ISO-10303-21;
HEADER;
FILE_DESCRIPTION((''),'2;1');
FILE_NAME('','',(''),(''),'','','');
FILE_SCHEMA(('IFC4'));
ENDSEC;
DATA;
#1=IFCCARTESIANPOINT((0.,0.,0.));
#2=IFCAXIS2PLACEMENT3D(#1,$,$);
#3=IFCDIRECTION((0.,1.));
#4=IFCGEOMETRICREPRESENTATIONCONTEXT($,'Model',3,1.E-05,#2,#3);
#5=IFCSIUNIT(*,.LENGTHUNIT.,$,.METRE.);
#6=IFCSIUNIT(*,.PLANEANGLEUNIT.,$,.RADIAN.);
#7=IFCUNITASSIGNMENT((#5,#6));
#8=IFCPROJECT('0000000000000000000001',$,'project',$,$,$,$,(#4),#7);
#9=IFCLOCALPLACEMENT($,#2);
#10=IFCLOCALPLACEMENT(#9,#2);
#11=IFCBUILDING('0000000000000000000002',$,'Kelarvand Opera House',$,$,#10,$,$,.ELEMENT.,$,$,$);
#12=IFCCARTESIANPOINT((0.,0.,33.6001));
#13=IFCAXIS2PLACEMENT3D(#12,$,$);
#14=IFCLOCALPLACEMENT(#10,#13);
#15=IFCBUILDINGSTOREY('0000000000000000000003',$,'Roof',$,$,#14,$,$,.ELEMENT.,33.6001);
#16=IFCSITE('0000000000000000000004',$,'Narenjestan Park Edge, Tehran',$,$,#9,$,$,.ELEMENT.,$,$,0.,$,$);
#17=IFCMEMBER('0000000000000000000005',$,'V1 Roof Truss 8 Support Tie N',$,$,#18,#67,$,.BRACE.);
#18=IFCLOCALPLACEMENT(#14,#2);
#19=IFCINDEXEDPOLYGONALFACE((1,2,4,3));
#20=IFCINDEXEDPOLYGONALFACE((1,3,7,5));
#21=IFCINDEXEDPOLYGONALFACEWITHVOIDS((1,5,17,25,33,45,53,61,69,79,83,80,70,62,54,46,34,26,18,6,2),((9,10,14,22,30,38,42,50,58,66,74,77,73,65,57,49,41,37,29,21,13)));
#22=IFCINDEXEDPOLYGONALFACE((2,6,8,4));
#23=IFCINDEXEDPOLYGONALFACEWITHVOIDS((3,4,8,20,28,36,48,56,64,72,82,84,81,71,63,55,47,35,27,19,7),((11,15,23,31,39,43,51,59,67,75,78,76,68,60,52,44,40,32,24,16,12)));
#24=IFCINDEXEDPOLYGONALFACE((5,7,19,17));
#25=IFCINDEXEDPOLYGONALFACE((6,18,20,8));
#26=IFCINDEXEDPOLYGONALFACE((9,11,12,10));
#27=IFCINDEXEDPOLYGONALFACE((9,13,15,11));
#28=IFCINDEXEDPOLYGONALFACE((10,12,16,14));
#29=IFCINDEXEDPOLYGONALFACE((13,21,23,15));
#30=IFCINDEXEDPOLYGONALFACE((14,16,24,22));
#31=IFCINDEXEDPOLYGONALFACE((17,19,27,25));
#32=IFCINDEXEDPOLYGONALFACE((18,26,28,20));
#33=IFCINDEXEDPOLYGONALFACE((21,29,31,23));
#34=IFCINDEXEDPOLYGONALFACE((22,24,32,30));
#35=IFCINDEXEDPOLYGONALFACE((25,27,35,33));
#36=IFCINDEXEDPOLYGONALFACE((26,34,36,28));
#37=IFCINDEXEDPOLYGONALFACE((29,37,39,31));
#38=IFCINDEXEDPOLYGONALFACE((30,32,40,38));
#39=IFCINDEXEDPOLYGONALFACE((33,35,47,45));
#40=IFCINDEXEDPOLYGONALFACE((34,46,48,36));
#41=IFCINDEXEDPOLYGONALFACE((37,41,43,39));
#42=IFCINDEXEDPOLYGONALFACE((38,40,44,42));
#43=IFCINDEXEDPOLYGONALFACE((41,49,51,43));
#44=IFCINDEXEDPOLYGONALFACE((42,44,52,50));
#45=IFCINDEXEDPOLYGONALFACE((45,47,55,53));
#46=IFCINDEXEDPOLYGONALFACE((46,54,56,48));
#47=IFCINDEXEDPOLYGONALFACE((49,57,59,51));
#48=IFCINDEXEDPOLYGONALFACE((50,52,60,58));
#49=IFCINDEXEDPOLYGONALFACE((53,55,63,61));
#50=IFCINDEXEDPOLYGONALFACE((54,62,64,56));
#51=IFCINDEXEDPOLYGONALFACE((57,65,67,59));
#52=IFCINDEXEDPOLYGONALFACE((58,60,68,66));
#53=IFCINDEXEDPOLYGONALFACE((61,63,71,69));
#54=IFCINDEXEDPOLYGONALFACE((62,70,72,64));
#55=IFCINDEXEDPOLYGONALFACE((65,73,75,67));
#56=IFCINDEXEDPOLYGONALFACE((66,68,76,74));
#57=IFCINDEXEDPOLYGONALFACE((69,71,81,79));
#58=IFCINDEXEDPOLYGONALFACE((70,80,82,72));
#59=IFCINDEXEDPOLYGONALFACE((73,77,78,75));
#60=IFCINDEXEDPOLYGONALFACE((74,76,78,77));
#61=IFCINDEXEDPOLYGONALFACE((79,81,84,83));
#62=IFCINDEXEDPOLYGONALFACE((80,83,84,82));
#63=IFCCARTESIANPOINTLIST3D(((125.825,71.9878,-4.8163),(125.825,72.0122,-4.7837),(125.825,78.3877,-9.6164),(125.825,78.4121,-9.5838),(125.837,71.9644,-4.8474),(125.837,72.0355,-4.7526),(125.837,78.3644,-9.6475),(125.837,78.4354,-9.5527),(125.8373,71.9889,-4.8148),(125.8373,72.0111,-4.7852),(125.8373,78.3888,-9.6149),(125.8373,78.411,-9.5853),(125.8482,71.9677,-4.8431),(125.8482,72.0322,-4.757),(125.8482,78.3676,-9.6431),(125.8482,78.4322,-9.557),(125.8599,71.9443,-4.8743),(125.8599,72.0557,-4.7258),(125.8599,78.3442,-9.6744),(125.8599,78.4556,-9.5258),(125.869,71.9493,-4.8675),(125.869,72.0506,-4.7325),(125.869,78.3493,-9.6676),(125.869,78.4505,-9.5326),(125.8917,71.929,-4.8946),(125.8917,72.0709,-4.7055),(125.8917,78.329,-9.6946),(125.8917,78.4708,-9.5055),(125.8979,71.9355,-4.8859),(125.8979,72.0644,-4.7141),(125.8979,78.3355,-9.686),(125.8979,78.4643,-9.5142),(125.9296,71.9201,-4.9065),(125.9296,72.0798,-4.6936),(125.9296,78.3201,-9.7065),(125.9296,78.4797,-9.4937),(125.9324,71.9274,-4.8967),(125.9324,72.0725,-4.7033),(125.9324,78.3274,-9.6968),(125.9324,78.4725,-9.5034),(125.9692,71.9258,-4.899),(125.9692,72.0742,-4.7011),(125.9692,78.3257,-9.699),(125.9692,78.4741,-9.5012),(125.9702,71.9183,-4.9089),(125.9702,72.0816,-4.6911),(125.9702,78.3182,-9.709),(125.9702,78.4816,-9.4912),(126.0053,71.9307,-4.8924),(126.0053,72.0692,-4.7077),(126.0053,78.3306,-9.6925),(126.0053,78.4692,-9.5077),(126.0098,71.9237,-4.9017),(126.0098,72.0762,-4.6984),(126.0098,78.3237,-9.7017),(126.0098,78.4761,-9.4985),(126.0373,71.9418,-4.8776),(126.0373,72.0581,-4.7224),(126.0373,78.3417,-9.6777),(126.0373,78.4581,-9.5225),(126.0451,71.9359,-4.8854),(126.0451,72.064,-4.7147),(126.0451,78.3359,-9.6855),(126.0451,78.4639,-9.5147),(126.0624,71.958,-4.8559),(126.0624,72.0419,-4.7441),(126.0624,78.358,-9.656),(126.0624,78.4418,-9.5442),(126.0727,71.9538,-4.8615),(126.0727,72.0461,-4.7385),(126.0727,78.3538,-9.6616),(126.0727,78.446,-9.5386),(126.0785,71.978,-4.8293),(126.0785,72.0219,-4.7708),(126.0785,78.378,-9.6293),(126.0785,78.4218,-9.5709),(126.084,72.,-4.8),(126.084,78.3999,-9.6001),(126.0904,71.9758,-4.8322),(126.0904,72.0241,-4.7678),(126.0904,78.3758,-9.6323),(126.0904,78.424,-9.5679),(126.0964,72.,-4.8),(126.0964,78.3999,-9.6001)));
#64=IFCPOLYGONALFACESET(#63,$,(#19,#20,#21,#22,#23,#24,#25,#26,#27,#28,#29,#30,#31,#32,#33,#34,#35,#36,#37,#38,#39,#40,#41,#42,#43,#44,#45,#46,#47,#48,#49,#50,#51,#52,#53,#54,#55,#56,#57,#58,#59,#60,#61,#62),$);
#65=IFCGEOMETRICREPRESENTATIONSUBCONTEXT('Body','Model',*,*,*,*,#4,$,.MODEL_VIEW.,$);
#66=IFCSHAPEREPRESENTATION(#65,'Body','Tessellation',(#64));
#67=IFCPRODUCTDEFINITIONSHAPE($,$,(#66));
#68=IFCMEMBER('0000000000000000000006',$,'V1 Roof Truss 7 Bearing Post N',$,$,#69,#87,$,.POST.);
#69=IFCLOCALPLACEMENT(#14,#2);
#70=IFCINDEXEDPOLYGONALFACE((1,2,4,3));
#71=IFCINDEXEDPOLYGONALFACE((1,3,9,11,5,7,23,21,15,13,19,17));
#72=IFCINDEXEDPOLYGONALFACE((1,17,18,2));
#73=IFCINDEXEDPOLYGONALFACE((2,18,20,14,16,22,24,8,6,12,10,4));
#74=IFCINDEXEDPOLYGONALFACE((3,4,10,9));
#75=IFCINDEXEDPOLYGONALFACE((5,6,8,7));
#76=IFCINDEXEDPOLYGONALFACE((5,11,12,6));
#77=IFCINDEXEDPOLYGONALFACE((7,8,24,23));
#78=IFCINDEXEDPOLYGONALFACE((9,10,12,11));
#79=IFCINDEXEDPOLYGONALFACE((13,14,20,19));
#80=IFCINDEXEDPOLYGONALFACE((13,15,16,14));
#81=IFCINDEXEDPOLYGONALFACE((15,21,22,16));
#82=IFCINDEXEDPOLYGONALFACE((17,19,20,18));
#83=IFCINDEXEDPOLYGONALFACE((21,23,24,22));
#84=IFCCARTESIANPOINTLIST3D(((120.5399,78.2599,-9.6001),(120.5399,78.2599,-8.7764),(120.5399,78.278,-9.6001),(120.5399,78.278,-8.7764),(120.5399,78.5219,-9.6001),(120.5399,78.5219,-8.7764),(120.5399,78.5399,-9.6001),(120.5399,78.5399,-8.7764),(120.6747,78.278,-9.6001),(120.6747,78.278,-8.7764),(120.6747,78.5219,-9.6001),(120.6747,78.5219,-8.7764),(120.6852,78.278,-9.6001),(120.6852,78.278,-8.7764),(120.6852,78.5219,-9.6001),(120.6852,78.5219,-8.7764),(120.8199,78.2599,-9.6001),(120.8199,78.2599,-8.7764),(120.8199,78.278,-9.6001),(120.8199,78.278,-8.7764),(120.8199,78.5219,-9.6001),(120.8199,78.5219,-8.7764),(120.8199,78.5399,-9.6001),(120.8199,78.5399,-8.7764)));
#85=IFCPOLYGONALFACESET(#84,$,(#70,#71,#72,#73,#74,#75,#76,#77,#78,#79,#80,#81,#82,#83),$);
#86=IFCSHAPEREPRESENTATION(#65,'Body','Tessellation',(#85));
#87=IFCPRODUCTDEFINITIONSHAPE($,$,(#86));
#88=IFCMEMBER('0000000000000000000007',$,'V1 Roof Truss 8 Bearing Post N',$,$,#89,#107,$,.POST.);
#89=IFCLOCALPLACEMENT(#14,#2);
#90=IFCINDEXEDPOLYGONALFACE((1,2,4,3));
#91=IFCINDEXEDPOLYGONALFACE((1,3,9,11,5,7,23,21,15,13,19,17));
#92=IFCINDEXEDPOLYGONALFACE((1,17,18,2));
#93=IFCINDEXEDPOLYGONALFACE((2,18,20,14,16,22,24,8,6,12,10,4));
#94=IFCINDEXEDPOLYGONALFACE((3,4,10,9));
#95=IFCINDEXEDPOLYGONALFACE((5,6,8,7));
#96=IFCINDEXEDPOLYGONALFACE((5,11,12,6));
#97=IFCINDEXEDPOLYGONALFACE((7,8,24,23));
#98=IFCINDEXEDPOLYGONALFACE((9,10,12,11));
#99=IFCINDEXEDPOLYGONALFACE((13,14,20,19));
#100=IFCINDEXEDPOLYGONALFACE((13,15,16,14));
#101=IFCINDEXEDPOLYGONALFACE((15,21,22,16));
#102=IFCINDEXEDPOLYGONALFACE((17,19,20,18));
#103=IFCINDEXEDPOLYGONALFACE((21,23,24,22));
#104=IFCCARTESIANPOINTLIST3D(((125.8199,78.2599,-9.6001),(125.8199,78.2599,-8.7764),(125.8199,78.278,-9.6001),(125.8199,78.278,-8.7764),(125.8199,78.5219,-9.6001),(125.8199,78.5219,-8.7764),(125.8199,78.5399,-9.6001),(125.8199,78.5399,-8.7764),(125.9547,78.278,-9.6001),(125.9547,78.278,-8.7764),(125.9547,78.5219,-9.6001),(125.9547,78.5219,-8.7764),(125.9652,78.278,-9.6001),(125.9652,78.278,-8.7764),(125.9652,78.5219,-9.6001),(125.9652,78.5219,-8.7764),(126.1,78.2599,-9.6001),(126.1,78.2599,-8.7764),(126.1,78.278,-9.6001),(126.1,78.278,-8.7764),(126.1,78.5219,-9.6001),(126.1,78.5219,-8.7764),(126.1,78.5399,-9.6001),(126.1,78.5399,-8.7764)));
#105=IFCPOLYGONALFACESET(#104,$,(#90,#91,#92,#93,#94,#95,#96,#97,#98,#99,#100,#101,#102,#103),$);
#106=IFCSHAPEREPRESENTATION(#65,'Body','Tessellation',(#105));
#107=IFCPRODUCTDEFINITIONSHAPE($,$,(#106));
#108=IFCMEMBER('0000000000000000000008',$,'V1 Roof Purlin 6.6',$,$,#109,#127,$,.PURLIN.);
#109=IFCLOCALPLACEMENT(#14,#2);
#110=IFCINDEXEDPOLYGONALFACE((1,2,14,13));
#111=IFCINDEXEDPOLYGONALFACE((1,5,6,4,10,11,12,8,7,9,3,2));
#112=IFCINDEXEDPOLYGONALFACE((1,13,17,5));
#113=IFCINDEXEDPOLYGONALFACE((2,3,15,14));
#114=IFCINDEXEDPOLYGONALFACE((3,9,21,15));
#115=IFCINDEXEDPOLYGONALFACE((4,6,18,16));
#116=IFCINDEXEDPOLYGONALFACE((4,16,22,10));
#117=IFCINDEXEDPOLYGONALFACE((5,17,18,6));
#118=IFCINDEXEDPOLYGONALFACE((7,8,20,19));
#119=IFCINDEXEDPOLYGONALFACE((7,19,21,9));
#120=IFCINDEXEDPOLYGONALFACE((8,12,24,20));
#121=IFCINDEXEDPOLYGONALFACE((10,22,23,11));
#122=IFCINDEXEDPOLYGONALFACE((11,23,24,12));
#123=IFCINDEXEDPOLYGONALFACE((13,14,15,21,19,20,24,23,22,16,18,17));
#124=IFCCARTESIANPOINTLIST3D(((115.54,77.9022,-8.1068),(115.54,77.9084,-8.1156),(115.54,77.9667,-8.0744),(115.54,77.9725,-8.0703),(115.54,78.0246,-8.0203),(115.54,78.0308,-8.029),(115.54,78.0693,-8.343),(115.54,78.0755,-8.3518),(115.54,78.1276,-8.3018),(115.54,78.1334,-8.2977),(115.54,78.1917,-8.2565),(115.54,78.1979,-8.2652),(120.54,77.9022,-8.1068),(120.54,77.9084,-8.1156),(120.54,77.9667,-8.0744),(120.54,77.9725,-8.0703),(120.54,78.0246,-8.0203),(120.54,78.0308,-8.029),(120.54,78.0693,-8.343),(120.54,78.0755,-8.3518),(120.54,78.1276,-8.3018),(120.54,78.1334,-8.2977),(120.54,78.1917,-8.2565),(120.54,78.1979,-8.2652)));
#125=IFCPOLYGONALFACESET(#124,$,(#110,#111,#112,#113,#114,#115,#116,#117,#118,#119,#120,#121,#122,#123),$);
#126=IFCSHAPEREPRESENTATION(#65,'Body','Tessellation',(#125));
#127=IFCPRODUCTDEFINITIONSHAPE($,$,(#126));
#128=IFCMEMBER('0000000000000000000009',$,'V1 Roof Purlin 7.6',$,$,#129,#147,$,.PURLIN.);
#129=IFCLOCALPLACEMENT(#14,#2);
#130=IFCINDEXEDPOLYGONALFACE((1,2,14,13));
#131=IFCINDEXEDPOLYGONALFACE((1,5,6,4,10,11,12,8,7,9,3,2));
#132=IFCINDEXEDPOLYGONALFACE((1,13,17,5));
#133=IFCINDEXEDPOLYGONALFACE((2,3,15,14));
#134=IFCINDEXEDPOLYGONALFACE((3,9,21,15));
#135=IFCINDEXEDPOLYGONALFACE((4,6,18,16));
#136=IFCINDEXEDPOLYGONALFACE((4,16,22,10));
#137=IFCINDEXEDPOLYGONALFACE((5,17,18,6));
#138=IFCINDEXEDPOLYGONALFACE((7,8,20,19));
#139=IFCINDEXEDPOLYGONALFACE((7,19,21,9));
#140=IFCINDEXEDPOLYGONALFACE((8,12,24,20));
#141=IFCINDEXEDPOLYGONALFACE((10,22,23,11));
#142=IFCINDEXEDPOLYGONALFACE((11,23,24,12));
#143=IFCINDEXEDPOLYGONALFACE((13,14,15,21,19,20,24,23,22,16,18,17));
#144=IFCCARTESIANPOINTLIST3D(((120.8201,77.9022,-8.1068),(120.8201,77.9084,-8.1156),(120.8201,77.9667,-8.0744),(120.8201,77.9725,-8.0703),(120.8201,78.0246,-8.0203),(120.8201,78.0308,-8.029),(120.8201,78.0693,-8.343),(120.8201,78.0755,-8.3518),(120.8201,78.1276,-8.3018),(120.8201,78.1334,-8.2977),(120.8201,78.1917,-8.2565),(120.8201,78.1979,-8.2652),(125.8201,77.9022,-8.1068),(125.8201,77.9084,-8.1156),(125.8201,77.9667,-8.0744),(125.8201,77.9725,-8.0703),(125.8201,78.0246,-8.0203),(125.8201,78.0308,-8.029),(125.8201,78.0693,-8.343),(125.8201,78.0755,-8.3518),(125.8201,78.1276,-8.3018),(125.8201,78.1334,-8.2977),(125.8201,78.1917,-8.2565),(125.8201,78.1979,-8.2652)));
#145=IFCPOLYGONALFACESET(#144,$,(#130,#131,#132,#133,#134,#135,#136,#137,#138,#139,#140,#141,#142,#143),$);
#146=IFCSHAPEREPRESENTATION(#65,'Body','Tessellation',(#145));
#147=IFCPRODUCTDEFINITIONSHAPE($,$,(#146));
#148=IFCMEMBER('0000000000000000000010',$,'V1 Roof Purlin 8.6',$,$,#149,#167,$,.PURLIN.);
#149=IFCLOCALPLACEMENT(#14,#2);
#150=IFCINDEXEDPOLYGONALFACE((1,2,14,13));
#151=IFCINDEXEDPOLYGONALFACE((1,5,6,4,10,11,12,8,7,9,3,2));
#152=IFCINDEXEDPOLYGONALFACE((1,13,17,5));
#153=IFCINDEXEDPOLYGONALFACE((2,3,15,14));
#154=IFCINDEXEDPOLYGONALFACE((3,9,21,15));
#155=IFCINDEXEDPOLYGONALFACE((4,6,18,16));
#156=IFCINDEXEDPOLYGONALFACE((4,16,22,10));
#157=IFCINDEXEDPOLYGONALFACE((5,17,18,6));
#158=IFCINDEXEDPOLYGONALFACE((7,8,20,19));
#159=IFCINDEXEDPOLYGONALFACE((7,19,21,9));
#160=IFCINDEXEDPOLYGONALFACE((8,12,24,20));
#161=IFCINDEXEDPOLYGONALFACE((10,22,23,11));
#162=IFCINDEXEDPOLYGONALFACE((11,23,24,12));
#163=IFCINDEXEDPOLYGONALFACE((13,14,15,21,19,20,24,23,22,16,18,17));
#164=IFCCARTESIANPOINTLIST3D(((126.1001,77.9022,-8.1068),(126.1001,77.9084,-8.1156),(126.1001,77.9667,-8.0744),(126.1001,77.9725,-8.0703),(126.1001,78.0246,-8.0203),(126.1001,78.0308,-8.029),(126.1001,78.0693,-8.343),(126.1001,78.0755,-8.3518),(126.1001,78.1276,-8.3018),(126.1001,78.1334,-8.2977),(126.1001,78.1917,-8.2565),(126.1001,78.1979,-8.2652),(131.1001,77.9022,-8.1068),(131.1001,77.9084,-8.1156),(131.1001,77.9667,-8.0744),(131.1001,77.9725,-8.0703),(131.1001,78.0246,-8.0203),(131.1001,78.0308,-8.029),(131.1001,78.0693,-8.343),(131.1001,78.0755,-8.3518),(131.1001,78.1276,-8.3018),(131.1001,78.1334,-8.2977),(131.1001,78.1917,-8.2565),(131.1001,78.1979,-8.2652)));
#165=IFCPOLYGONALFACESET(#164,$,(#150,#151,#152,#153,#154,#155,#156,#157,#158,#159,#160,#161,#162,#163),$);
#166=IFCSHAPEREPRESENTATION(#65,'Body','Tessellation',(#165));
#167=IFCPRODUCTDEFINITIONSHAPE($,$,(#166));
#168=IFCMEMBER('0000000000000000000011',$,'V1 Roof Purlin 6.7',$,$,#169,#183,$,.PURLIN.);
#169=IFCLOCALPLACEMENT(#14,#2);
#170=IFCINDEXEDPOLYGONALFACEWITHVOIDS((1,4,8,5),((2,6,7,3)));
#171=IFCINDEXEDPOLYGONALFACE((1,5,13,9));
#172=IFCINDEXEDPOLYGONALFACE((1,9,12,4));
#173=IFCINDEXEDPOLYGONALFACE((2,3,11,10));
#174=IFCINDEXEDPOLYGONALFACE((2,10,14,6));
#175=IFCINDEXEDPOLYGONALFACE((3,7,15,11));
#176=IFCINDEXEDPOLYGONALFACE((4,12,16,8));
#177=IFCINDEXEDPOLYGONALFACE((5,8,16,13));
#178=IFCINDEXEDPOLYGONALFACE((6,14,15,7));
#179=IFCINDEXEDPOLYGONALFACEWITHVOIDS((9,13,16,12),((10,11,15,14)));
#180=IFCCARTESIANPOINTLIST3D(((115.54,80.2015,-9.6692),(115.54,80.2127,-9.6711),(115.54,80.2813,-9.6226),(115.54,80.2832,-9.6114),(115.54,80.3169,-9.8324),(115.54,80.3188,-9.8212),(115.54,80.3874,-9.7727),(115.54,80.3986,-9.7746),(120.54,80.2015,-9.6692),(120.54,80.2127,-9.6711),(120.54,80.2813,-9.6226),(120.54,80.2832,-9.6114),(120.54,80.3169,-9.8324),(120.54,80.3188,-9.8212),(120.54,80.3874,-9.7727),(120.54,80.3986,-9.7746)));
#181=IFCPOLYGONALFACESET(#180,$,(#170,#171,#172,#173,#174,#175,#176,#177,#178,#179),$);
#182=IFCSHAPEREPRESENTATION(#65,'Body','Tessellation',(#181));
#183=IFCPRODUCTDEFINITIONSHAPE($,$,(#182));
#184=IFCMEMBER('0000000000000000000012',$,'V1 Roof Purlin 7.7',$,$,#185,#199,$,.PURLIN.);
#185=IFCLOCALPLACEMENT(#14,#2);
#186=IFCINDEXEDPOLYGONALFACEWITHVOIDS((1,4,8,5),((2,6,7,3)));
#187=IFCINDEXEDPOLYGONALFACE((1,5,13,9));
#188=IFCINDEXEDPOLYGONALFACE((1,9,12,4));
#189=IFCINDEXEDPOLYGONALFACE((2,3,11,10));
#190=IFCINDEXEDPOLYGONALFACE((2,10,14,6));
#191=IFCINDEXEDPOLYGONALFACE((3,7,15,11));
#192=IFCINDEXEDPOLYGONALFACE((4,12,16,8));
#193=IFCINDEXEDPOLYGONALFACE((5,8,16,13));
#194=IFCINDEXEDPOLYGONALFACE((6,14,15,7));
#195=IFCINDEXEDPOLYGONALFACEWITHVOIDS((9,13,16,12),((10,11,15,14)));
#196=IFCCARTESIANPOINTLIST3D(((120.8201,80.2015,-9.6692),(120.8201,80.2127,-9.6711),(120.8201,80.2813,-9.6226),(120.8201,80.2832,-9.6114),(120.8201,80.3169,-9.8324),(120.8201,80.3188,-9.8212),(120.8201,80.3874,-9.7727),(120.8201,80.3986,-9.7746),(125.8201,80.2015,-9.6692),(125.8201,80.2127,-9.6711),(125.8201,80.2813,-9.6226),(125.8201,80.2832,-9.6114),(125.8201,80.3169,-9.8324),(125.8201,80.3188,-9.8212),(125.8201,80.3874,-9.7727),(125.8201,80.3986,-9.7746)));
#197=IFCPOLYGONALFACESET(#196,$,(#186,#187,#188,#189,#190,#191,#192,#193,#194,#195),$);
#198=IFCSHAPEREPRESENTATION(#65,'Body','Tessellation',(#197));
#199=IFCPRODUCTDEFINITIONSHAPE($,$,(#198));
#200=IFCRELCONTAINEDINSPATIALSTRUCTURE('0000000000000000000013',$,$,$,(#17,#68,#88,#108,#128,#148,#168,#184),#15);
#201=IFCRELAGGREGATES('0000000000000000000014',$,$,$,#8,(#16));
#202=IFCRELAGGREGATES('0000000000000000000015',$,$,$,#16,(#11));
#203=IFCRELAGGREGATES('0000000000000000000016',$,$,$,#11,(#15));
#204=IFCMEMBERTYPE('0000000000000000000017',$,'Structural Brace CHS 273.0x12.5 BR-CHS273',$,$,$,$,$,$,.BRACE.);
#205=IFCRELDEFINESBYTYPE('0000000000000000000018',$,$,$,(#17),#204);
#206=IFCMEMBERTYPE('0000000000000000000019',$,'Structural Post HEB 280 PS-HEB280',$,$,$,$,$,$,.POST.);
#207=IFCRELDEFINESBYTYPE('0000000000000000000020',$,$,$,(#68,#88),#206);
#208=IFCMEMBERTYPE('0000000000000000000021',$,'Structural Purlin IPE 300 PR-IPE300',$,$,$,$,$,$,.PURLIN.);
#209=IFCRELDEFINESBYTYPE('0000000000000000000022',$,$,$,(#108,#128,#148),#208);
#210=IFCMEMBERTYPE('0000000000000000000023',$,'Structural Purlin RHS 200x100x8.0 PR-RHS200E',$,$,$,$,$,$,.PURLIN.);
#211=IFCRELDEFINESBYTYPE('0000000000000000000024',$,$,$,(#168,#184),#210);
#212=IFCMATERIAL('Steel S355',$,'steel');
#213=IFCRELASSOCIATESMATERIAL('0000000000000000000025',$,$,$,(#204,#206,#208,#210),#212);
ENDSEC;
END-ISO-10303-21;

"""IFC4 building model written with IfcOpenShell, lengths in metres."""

from ifc_helpers import new_model, si_unit, direction, frame, origin, origin_2d, place, context, subcontext, project, spatial, hollow_rectangle, hollow_circle, i_section, extrude, material, material_profile, profile_set, type_object, element, save


model = new_model("IFC4")

# Units and contexts
model_context = context("Model", 3, precision=1e-05, world=origin(), true_north=direction((0.0, 1.0)))
body_context = subcontext(model_context, "Body", "Model", "MODEL_VIEW")
ifc_project = project(units=[si_unit("LENGTHUNIT", "METRE"), si_unit("PLANEANGLEUNIT", "RADIAN")], contexts=[model_context])

# Site, building, storey
site_placement = place(None, origin())
site = spatial("IfcSite", under=ifc_project, at=site_placement, Name="Narenjestan Park Edge, Tehran", CompositionType="ELEMENT", RefElevation=0.0)
building_placement = place(site_placement, origin())
building = spatial("IfcBuilding", under=site, at=building_placement, Name="Kelarvand Opera House", CompositionType="ELEMENT")
storey_placement = place(building_placement, frame((0.0, 0.0, 33.6001)))
storey = spatial("IfcBuildingStorey", under=building, at=storey_placement, Name="Roof", CompositionType="ELEMENT", Elevation=33.6001)

# Members
ifc_material = material(Name="Steel S355", Category="steel")
ifc_material_profile_1 = material_profile(ifc_material, hollow_circle(Radius=0.1365, WallThickness=0.0125, at=origin_2d()), Name="CHS 273.0x12.5", Category="steel")
ifc_profile_set_1 = profile_set([ifc_material_profile_1], Name="Steel S355")
member_type_1 = type_object("IfcMemberType", Name="Structural Brace CHS 273.0x12.5 BR-CHS273", PredefinedType="BRACE", material=ifc_profile_set_1)
member_1_placement = place(storey_placement, frame((125.96, 78.3999, -9.6001), z_axis=(0.0, -0.799993, 0.60001), x_axis=(1.0, 0.0, 0.0)))
element("IfcMember", 1, at=member_1_placement, inside=storey, type_object=member_type_1, Name="V1 Roof Truss 8 Support Tie N", PredefinedType="BRACE", context=body_context, shape_type="SweptSolid", body=[
    extrude(hollow_circle(Radius=0.1365, WallThickness=0.0125, at=origin_2d()), origin(), (0.0, 0.0, 1.0), 8.0),
])
ifc_material_profile_2 = material_profile(ifc_material, i_section(OverallWidth=0.28, OverallDepth=0.28, WebThickness=0.0105, FlangeThickness=0.0181, at=origin_2d()), Name="HEB 280", Category="steel")
ifc_profile_set_2 = profile_set([ifc_material_profile_2], Name="Steel S355")
member_type_2 = type_object("IfcMemberType", Name="Structural Post HEB 280 PS-HEB280", PredefinedType="POST", material=ifc_profile_set_2)
for number, where, z_axis, x_axis, name in (
    (2, (120.6799, 78.3999, -9.6001), (0.0, 0.0, 1.0), (1.0, 0.0, 0.0), "V1 Roof Truss 7 Bearing Post N"),
    (3, (125.96, 78.3999, -9.6001), (0.0, 0.0, 1.0), (1.0, 0.0, 0.0), "V1 Roof Truss 8 Bearing Post N"),
):
    element("IfcMember", number, at=place(storey_placement, frame(where, z_axis=z_axis, x_axis=x_axis)), inside=storey, type_object=member_type_2, Name=name, PredefinedType="POST", context=body_context, shape_type="SweptSolid", body=[
        extrude(i_section(OverallWidth=0.28, OverallDepth=0.28, WebThickness=0.0105, FlangeThickness=0.0181, at=origin_2d()), origin(), (0.0, 0.0, 1.0), 0.8237),
    ])
ifc_material_profile_3 = material_profile(ifc_material, i_section(OverallWidth=0.1499, OverallDepth=0.3, WebThickness=0.0071, FlangeThickness=0.0107, at=origin_2d()), Name="IPE 300", Category="steel")
ifc_profile_set_3 = profile_set([ifc_material_profile_3], Name="Steel S355")
member_type_3 = type_object("IfcMemberType", Name="Structural Purlin IPE 300 PR-IPE300", PredefinedType="PURLIN", material=ifc_profile_set_3)
for number, where, z_axis, x_axis, name in (
    (4, (115.54, 78.05, -8.186), (1.0, 0.0, 0.0), (0.0, 0.81644, 0.57743), "V1 Roof Purlin 6.6"),
    (5, (120.8201, 78.05, -8.186), (1.0, 0.0, 0.0), (0.0, 0.81644, 0.57743), "V1 Roof Purlin 7.6"),
    (6, (126.1001, 78.05, -8.186), (1.0, 0.0, 0.0), (0.0, 0.81644, 0.57743), "V1 Roof Purlin 8.6"),
):
    element("IfcMember", number, at=place(storey_placement, frame(where, z_axis=z_axis, x_axis=x_axis)), inside=storey, type_object=member_type_3, Name=name, PredefinedType="PURLIN", context=body_context, shape_type="SweptSolid", body=[
        extrude(i_section(OverallWidth=0.1499, OverallDepth=0.3, WebThickness=0.0071, FlangeThickness=0.0107, at=origin_2d()), origin(), (0.0, 0.0, 1.0), 5.0),
    ])
ifc_material_profile_4 = material_profile(ifc_material, hollow_rectangle(XDim=0.1001, YDim=0.2, WallThickness=0.0081, at=origin_2d()), Name="RHS 200x100x8.0", Category="steel")
ifc_profile_set_4 = profile_set([ifc_material_profile_4], Name="Steel S355")
member_type_4 = type_object("IfcMemberType", Name="Structural Purlin RHS 200x100x8.0 PR-RHS200E", PredefinedType="PURLIN", material=ifc_profile_set_4)
for number, where, z_axis, x_axis, name in (
    (7, (115.54, 80.3, -9.7219), (1.0, 0.0, 0.0), (0.0, 0.81644, 0.57743), "V1 Roof Purlin 6.7"),
    (8, (120.8201, 80.3, -9.7219), (1.0, 0.0, 0.0), (0.0, 0.81644, 0.57743), "V1 Roof Purlin 7.7"),
):
    element("IfcMember", number, at=place(storey_placement, frame(where, z_axis=z_axis, x_axis=x_axis)), inside=storey, type_object=member_type_4, Name=name, PredefinedType="PURLIN", context=body_context, shape_type="SweptSolid", body=[
        extrude(hollow_rectangle(XDim=0.1001, YDim=0.2, WallThickness=0.0081, at=origin_2d()), origin(), (0.0, 0.0, 1.0), 5.0),
    ])

save(model, "model.ifc")
